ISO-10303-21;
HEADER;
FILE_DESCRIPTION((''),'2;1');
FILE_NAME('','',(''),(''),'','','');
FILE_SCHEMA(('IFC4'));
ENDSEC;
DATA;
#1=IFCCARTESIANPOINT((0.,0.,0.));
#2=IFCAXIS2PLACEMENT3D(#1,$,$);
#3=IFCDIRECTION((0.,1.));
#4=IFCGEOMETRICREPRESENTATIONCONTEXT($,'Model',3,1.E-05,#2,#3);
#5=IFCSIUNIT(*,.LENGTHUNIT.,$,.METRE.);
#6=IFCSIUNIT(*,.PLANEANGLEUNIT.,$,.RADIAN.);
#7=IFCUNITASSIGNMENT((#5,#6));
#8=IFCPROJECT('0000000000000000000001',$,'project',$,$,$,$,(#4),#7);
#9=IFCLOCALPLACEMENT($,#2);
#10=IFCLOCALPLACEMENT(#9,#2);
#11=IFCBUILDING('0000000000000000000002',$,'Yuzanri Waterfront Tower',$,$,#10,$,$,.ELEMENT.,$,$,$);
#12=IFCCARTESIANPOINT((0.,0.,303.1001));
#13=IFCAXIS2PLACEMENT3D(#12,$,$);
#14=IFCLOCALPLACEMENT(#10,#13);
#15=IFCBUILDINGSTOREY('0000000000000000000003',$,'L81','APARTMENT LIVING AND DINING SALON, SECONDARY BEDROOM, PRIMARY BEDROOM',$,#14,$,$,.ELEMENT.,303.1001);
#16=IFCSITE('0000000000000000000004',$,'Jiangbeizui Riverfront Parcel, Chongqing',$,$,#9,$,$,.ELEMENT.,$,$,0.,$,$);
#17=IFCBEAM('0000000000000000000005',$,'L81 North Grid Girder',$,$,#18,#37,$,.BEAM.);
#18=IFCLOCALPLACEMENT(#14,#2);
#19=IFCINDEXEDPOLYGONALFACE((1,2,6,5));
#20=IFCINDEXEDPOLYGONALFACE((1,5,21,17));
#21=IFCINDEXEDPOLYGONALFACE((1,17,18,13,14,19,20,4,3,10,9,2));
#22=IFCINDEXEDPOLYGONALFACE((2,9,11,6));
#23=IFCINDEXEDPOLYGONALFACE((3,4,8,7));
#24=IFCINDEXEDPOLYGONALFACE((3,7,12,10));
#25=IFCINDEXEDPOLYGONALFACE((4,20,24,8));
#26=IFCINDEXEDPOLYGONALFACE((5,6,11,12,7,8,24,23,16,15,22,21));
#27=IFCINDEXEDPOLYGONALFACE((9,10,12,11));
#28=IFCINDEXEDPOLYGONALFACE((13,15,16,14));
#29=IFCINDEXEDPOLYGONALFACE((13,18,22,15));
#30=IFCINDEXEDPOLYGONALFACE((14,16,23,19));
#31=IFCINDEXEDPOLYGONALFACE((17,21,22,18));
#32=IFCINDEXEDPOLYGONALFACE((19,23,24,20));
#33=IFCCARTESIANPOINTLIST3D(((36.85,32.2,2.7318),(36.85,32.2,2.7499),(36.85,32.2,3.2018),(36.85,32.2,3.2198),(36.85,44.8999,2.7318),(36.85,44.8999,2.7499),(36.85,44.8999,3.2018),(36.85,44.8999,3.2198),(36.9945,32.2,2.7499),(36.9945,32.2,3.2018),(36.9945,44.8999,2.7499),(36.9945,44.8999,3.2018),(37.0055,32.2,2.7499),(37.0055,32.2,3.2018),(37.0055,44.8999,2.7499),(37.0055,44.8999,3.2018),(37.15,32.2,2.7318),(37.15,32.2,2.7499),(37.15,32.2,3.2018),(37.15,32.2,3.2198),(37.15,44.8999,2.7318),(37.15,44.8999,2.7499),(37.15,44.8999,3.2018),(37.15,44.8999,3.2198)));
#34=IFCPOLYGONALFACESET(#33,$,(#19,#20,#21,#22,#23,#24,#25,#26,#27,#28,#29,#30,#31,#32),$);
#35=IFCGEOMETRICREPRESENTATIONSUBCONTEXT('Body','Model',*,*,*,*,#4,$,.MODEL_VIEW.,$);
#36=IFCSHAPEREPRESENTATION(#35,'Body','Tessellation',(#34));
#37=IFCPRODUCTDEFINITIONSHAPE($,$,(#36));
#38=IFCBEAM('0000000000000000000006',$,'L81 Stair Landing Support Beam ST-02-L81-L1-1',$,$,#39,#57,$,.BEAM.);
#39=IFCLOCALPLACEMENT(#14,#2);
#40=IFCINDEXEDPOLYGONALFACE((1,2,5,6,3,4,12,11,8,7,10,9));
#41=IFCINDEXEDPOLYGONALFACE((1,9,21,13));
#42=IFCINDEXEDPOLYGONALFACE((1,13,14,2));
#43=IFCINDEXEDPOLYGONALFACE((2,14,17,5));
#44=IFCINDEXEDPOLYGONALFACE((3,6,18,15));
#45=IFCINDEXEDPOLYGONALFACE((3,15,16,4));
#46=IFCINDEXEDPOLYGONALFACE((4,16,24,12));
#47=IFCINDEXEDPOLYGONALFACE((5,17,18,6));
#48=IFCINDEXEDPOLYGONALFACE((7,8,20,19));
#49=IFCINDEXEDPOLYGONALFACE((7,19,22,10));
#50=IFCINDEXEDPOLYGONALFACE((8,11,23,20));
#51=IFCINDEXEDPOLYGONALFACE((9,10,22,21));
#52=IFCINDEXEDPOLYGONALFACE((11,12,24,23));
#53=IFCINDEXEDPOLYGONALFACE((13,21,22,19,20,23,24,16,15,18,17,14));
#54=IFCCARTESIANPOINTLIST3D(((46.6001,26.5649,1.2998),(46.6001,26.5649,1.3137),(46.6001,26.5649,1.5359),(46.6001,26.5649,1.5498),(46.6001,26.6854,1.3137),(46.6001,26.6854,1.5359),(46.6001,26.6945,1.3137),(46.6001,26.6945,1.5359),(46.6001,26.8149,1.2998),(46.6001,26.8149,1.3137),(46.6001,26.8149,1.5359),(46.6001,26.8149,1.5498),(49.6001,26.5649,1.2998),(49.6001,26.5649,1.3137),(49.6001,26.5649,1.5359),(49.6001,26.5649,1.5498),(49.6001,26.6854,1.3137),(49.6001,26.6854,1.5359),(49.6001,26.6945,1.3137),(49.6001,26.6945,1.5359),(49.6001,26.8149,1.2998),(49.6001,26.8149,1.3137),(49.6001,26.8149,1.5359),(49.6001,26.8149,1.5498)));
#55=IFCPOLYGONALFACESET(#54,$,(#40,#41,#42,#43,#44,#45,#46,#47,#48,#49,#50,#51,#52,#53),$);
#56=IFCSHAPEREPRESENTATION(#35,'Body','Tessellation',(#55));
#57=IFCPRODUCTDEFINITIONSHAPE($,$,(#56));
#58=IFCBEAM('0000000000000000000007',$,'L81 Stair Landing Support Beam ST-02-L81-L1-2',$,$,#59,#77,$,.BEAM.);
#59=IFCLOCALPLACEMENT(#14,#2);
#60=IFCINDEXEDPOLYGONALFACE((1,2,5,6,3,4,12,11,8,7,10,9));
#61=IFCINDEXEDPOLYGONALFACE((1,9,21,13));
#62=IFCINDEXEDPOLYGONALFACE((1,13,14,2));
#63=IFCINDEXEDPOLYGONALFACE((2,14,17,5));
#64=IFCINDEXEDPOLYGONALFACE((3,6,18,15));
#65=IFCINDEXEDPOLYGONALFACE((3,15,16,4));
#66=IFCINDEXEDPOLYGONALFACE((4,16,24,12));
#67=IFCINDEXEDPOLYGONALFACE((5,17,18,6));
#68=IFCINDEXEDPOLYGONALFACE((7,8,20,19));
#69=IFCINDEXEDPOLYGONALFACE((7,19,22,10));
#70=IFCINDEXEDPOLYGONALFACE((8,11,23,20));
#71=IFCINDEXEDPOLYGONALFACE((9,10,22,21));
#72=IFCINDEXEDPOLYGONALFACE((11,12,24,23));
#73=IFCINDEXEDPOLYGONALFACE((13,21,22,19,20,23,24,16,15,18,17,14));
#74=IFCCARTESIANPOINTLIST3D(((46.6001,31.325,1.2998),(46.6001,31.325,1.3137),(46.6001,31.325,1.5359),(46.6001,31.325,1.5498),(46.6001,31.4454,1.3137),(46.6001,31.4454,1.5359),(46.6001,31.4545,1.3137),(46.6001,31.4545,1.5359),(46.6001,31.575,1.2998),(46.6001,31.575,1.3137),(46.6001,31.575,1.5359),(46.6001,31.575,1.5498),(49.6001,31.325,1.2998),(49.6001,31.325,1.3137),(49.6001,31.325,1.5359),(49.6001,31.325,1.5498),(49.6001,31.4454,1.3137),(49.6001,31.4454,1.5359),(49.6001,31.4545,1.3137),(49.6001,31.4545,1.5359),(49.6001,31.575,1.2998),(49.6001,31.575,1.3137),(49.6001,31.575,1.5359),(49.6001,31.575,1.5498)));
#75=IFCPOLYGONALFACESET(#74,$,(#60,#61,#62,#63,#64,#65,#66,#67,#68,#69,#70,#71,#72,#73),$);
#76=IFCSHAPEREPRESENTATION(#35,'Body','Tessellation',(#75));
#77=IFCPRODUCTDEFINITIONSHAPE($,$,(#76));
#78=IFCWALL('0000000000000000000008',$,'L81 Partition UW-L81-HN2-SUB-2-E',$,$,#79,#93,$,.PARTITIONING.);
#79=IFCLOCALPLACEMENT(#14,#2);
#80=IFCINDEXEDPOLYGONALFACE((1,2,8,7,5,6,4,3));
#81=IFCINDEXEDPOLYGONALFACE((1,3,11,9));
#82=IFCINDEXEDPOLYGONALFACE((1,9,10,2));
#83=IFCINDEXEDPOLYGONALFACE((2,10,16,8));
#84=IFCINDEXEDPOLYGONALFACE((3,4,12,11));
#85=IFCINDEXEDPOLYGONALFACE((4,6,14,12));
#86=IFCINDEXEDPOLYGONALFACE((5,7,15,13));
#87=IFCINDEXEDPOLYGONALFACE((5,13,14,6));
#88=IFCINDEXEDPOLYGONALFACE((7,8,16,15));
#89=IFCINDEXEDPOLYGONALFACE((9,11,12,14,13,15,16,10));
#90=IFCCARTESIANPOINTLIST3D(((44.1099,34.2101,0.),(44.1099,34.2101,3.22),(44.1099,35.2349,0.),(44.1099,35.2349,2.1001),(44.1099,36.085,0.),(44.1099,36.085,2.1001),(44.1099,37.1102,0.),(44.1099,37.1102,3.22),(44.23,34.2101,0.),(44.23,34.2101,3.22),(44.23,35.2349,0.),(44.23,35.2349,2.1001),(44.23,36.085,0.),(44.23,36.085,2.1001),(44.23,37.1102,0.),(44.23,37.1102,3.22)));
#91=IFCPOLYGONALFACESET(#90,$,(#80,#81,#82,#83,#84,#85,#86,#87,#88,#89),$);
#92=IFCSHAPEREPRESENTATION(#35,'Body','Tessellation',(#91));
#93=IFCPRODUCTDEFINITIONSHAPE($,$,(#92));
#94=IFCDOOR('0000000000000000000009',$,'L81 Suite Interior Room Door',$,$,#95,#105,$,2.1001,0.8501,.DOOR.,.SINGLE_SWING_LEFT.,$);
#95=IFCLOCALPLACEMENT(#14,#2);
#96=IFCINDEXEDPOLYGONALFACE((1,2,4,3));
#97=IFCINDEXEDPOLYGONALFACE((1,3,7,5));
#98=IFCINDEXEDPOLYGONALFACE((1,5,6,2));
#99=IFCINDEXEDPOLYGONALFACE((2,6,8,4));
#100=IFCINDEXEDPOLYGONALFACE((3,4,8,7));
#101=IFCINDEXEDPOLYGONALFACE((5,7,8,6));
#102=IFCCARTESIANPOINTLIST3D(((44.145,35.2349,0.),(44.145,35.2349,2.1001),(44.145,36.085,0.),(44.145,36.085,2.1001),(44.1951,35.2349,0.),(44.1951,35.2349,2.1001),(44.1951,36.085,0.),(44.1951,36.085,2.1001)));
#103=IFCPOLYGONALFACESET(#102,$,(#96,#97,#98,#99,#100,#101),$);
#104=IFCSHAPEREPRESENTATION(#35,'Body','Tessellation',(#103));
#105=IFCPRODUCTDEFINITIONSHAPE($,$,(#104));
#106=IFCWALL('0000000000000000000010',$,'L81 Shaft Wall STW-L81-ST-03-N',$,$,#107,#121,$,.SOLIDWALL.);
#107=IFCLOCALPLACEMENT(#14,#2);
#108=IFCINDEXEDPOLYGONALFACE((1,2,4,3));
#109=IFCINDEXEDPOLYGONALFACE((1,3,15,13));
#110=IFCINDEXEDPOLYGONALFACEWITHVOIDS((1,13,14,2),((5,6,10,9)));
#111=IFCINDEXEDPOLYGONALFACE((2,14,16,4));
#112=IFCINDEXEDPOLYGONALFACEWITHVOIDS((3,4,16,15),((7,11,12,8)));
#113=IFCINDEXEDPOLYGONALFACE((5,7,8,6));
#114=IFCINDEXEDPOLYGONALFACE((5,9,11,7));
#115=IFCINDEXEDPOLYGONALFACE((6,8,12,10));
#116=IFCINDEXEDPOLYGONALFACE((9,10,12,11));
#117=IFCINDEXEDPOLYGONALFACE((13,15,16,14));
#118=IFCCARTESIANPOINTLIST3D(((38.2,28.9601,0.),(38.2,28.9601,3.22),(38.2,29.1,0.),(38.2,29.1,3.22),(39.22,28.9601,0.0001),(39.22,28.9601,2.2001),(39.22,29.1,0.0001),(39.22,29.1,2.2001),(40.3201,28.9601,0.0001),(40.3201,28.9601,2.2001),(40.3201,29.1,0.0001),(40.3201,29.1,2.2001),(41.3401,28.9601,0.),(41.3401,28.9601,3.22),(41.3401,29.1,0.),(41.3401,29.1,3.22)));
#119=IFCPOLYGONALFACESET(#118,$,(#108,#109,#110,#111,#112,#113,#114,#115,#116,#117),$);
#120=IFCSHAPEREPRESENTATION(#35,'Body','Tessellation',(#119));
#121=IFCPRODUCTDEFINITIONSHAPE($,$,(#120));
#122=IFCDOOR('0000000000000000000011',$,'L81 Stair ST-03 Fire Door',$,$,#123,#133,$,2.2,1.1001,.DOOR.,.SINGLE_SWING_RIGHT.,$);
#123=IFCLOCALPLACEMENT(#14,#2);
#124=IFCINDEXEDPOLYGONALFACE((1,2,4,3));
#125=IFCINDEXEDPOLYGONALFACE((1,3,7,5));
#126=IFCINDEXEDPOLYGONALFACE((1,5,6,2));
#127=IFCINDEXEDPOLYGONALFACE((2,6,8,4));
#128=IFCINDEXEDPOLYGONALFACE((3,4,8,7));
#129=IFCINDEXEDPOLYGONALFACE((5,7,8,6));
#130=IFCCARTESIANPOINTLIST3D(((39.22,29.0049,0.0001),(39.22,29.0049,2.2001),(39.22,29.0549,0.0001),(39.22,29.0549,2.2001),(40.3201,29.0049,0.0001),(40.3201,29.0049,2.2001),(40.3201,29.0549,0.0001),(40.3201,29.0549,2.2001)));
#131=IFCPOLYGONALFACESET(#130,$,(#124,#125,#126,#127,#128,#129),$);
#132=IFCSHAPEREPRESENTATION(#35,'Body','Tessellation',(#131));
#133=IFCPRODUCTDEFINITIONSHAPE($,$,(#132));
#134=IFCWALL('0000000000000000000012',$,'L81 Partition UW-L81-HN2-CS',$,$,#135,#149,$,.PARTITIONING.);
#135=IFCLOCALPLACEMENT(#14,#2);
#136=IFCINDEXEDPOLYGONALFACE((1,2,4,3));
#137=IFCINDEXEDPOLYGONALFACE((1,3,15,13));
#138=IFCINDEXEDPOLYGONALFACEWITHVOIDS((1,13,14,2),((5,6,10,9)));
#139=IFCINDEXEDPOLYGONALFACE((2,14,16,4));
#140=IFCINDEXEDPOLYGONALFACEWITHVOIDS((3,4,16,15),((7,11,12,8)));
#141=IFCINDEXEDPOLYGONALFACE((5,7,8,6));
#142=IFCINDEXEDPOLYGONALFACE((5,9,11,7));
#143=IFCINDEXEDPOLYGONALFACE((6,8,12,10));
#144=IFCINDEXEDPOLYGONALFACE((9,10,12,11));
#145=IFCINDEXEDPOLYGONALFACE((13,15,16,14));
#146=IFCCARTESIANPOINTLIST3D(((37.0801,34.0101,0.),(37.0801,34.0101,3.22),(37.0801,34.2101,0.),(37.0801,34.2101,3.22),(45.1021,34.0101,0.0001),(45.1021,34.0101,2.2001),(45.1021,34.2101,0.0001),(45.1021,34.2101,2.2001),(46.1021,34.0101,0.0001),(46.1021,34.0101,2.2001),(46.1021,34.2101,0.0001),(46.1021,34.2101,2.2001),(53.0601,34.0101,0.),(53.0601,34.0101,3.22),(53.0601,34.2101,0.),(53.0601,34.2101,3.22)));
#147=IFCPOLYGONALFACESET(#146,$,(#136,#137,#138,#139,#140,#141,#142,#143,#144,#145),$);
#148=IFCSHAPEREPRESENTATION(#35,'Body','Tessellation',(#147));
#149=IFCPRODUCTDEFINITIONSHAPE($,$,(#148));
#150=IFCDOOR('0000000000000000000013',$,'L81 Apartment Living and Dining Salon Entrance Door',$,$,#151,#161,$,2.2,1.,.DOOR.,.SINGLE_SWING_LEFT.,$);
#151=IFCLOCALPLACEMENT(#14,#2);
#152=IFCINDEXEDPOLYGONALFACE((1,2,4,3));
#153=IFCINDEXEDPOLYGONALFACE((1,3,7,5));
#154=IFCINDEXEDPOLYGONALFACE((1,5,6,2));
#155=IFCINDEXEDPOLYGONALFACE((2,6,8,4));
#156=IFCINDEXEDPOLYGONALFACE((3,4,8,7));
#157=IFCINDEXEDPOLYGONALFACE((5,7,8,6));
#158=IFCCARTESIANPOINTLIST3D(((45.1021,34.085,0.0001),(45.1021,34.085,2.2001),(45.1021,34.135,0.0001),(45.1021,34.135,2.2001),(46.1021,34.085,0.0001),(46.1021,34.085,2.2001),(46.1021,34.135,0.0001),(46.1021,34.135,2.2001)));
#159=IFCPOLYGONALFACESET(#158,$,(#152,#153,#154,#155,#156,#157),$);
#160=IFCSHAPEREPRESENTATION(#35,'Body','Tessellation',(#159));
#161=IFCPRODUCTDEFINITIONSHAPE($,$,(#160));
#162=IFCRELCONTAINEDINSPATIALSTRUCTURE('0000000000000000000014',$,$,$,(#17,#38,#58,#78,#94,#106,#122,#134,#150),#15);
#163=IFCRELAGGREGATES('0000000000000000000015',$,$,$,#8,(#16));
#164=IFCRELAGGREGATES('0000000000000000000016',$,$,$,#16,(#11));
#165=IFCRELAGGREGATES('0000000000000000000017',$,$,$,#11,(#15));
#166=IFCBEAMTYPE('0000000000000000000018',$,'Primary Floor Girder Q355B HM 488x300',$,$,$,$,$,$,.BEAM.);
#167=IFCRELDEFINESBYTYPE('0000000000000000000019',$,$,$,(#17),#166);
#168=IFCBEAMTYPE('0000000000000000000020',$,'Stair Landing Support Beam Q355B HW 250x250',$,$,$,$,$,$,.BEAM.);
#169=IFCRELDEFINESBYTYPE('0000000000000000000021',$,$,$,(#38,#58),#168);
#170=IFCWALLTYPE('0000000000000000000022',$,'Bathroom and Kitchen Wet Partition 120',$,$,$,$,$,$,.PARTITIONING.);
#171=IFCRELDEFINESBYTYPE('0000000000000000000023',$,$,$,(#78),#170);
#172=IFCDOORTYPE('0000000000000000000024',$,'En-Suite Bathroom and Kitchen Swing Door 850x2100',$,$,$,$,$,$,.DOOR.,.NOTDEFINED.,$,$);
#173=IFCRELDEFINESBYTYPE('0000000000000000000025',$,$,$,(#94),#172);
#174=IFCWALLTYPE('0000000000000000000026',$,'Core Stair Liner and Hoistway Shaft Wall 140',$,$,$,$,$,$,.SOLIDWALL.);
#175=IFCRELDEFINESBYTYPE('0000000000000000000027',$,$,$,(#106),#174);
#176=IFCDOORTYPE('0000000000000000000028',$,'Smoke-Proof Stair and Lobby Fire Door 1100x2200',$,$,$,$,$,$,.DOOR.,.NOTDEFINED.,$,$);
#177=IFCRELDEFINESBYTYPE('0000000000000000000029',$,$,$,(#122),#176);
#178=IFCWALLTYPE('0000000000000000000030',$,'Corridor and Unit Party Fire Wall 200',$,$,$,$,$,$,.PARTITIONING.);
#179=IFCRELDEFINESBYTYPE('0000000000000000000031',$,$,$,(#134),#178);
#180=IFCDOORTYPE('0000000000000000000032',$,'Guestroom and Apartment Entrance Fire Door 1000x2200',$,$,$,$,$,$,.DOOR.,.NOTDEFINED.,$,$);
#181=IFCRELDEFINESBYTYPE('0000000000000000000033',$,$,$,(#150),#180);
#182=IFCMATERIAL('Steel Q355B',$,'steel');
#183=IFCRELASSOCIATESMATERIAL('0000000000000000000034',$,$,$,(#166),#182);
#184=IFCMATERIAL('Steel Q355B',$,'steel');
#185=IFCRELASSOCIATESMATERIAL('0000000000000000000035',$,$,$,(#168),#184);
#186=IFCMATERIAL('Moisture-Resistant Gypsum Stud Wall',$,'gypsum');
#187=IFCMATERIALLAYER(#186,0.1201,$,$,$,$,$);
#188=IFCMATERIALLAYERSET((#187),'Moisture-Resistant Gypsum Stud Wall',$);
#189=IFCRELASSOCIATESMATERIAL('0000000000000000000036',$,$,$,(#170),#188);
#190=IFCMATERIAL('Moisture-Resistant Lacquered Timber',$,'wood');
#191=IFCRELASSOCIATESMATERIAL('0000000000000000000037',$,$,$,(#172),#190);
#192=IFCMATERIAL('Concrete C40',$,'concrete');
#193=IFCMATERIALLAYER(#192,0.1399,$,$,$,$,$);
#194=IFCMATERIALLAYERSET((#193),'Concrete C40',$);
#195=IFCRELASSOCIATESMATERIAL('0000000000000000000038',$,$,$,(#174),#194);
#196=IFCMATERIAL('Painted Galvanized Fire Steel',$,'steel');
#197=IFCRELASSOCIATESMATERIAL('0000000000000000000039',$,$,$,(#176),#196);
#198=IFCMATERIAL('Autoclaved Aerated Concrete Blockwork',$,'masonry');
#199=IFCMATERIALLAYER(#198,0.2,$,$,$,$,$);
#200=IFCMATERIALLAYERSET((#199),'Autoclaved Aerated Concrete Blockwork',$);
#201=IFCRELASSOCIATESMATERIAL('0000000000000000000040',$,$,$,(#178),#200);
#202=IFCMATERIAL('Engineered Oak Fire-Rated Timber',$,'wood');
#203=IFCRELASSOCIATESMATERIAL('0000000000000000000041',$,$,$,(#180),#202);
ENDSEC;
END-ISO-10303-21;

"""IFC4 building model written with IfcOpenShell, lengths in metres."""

from ifc_helpers import new_model, si_unit, direction, frame, frame_2d, origin, origin_2d, place, context, subcontext, project, spatial, rectangle, i_section, extrude, source, transform, mapped, material, layer, layer_set, material_profile, profile_set, type_object, element, fill, save


model = new_model("IFC4")

# Units and contexts
model_context = context("Model", 3, precision=1e-05, world=origin(), true_north=direction((0.0, 1.0)))
body_context = subcontext(model_context, "Body", "Model", "MODEL_VIEW")
ifc_project = project(units=[si_unit("LENGTHUNIT", "METRE"), si_unit("PLANEANGLEUNIT", "RADIAN")], contexts=[model_context])

# Site, building, storey
site_placement = place(None, origin())
site = spatial("IfcSite", under=ifc_project, at=site_placement, Name="Jiangbeizui Riverfront Parcel, Chongqing", CompositionType="ELEMENT", RefElevation=0.0)
building_placement = place(site_placement, origin())
building = spatial("IfcBuilding", under=site, at=building_placement, Name="Yuzanri Waterfront Tower", CompositionType="ELEMENT")
storey_placement = place(building_placement, frame((0.0, 0.0, 303.1001)))
storey = spatial("IfcBuildingStorey", under=building, at=storey_placement, Name="L81", Description="APARTMENT LIVING AND DINING SALON, SECONDARY BEDROOM, PRIMARY BEDROOM", CompositionType="ELEMENT", Elevation=303.1001)

# Beams
ifc_material_1 = material(Name="Steel Q355B", Category="steel")
ifc_material_profile_1 = material_profile(ifc_material_1, i_section(OverallWidth=0.3, OverallDepth=0.488, WebThickness=0.011, FlangeThickness=0.0181, at=origin_2d()), Name="HM 488x300x11x18")
ifc_profile_set_1 = profile_set([ifc_material_profile_1], Name="Steel Q355B")
beam_type_1 = type_object("IfcBeamType", Name="Primary Floor Girder Q355B HM 488x300", PredefinedType="BEAM", material=ifc_profile_set_1)
shared_shape_1 = source(origin(), body_context, "Body", "SweptSolid", [
    extrude(i_section(OverallWidth=0.3, OverallDepth=0.488, WebThickness=0.011, FlangeThickness=0.0181, at=origin_2d()), origin(), (0.0, 0.0, 1.0), 12.7),
])
beam_placement = place(storey_placement, frame((37.0, 32.2, 2.9758), z_axis=(0.0, 1.0, 0.0), x_axis=(-1.0, 0.0, 0.0)))
element("IfcBeam", 1, at=beam_placement, inside=storey, type_object=beam_type_1, Name="L81 North Grid Girder", PredefinedType="BEAM", context=body_context, shape_type="MappedRepresentation", body=[
    mapped(shared_shape_1, transform((0.0, 0.0, 0.0), scale=1.0)),
])
ifc_material_2 = material(Name="Steel Q355B", Category="steel")
ifc_material_profile_2 = material_profile(ifc_material_2, i_section(OverallWidth=0.25, OverallDepth=0.25, WebThickness=0.009, FlangeThickness=0.0139, at=origin_2d()), Name="HW 250x250x9x14")
ifc_profile_set_2 = profile_set([ifc_material_profile_2], Name="Steel Q355B")
beam_type_2 = type_object("IfcBeamType", Name="Stair Landing Support Beam Q355B HW 250x250", PredefinedType="BEAM", material=ifc_profile_set_2)
shared_shape_2 = source(origin(), body_context, "Body", "SweptSolid", [
    extrude(i_section(OverallWidth=0.25, OverallDepth=0.25, WebThickness=0.009, FlangeThickness=0.0139, at=origin_2d()), origin(), (0.0, 0.0, 1.0), 3.0),
])
for number, where, z_axis, x_axis, name in (
    (2, (46.6001, 26.6899, 1.4248), (1.0, 0.0, 0.0), (0.0, 1.0, 0.0), "L81 Stair Landing Support Beam ST-02-L81-L1-1"),
    (3, (46.6001, 31.45, 1.4248), (1.0, 0.0, 0.0), (0.0, 1.0, 0.0), "L81 Stair Landing Support Beam ST-02-L81-L1-2"),
):
    element("IfcBeam", number, at=place(storey_placement, frame(where, z_axis=z_axis, x_axis=x_axis)), inside=storey, type_object=beam_type_2, Name=name, PredefinedType="BEAM", context=body_context, shape_type="MappedRepresentation", body=[
        mapped(shared_shape_2, transform((0.0, 0.0, 0.0), scale=1.0)),
    ])

# Walls, openings, doors
ifc_material_3 = material(Name="Moisture-Resistant Gypsum Stud Wall", Category="gypsum")
ifc_layer_1 = layer(ifc_material_3, 0.1201)
ifc_layer_set_1 = layer_set([ifc_layer_1], Name="Moisture-Resistant Gypsum Stud Wall")
wall_type_1 = type_object("IfcWallType", Name="Bathroom and Kitchen Wet Partition 120", PredefinedType="PARTITIONING", material=ifc_layer_set_1)
wall_1_placement = place(storey_placement, frame((44.1699, 34.21, 0.0), z_axis=(0.0, 0.0, 1.0), x_axis=(0.0, 1.0, 0.0)))
wall_1 = element("IfcWall", 4, at=wall_1_placement, inside=storey, type_object=wall_type_1, Name="L81 Partition UW-L81-HN2-SUB-2-E", PredefinedType="PARTITIONING", context=body_context, shape_type="SweptSolid", body=[
    extrude(rectangle(XDim=2.9001, YDim=0.1201, at=frame_2d((1.4502, 0.0))), origin(), (0.0, 0.0, 1.0), 3.22),
])
opening_1_placement = place(wall_1_placement, frame((1.0249, 0.0, 0.0)))
opening_1 = element("IfcOpeningElement", 5, at=opening_1_placement, cuts=wall_1, PredefinedType="OPENING", context=body_context, shape_type="SweptSolid", body=[
    extrude(rectangle(XDim=0.8501, YDim=2.1001, at=frame_2d((0.425, 1.05))), frame((0.0, 0.075, 0.0), z_axis=(0.0, -1.0, 0.0), x_axis=(1.0, 0.0, 0.0)), (0.0, 0.0, 1.0), 0.1499),
])
ifc_material_4 = material(Name="Moisture-Resistant Lacquered Timber", Category="wood")
door_type_1 = type_object("IfcDoorType", Name="En-Suite Bathroom and Kitchen Swing Door 850x2100", OperationType="NOTDEFINED", PredefinedType="DOOR", material=ifc_material_4)
shared_shape_3 = source(origin(), body_context, "Body", "SweptSolid", [
    extrude(rectangle(XDim=0.8501, YDim=2.1001, at=frame_2d((0.425, 1.05))), frame((0.0, 0.0249, 0.0), z_axis=(0.0, -1.0, 0.0), x_axis=(1.0, 0.0, 0.0)), (0.0, 0.0, 1.0), 0.05),
])
door_1_placement = place(opening_1_placement, origin())
door_1 = element("IfcDoor", 6, at=door_1_placement, inside=storey, type_object=door_type_1, Name="L81 Suite Interior Room Door", OperationType="SINGLE_SWING_LEFT", OverallHeight=2.1001, OverallWidth=0.8501, PredefinedType="DOOR", context=body_context, shape_type="MappedRepresentation", body=[
    mapped(shared_shape_3, transform((0.0, 0.0, 0.0), scale=1.0)),
])
fill(opening_1, door_1)
ifc_material_5 = material(Name="Concrete C40", Category="concrete")
ifc_layer_2 = layer(ifc_material_5, 0.1399)
ifc_layer_set_2 = layer_set([ifc_layer_2], Name="Concrete C40")
wall_type_2 = type_object("IfcWallType", Name="Core Stair Liner and Hoistway Shaft Wall 140", PredefinedType="SOLIDWALL", material=ifc_layer_set_2)
wall_2_placement = place(storey_placement, frame((38.2, 29.03, 0.0), z_axis=(0.0, 0.0, 1.0), x_axis=(1.0, 0.0, 0.0)))
wall_2 = element("IfcWall", 7, at=wall_2_placement, inside=storey, type_object=wall_type_2, Name="L81 Shaft Wall STW-L81-ST-03-N", PredefinedType="SOLIDWALL", context=body_context, shape_type="SweptSolid", body=[
    extrude(rectangle(XDim=3.1401, YDim=0.1399, at=frame_2d((1.5701, 0.0))), origin(), (0.0, 0.0, 1.0), 3.22),
])
opening_2_placement = place(wall_2_placement, frame((1.02, 0.0, 0.0)))
opening_2 = element("IfcOpeningElement", 8, at=opening_2_placement, cuts=wall_2, PredefinedType="OPENING", context=body_context, shape_type="SweptSolid", body=[
    extrude(rectangle(XDim=1.1001, YDim=2.2, at=frame_2d((0.55, 1.1001))), frame((0.0, 0.085, 0.0), z_axis=(0.0, -1.0, 0.0), x_axis=(1.0, 0.0, 0.0)), (0.0, 0.0, 1.0), 0.1697),
])
ifc_material_6 = material(Name="Painted Galvanized Fire Steel", Category="steel")
door_type_2 = type_object("IfcDoorType", Name="Smoke-Proof Stair and Lobby Fire Door 1100x2200", OperationType="NOTDEFINED", PredefinedType="DOOR", material=ifc_material_6)
shared_shape_4 = source(origin(), body_context, "Body", "SweptSolid", [
    extrude(rectangle(XDim=1.1001, YDim=2.2, at=frame_2d((0.55, 1.1001))), frame((0.0, 0.0249, 0.0), z_axis=(0.0, -1.0, 0.0), x_axis=(1.0, 0.0, 0.0)), (0.0, 0.0, 1.0), 0.05),
])
door_2_placement = place(opening_2_placement, origin())
door_2 = element("IfcDoor", 9, at=door_2_placement, inside=storey, type_object=door_type_2, Name="L81 Stair ST-03 Fire Door", OperationType="SINGLE_SWING_RIGHT", OverallHeight=2.2, OverallWidth=1.1001, PredefinedType="DOOR", context=body_context, shape_type="MappedRepresentation", body=[
    mapped(shared_shape_4, transform((0.0, 0.0, 0.0), scale=1.0)),
])
fill(opening_2, door_2)
ifc_material_7 = material(Name="Autoclaved Aerated Concrete Blockwork", Category="masonry")
ifc_layer_3 = layer(ifc_material_7, 0.2)
ifc_layer_set_3 = layer_set([ifc_layer_3], Name="Autoclaved Aerated Concrete Blockwork")
wall_type_3 = type_object("IfcWallType", Name="Corridor and Unit Party Fire Wall 200", PredefinedType="PARTITIONING", material=ifc_layer_set_3)
wall_3_placement = place(storey_placement, frame((37.0801, 34.1101, 0.0), z_axis=(0.0, 0.0, 1.0), x_axis=(1.0, 0.0, 0.0)))
wall_3 = element("IfcWall", 10, at=wall_3_placement, inside=storey, type_object=wall_type_3, Name="L81 Partition UW-L81-HN2-CS", PredefinedType="PARTITIONING", context=body_context, shape_type="SweptSolid", body=[
    extrude(rectangle(XDim=15.98, YDim=0.2, at=frame_2d((7.99, 0.0))), origin(), (0.0, 0.0, 1.0), 3.22),
])
opening_3_placement = place(wall_3_placement, frame((8.022, 0.0, 0.0)))
opening_3 = element("IfcOpeningElement", 11, at=opening_3_placement, cuts=wall_3, PredefinedType="OPENING", context=body_context, shape_type="SweptSolid", body=[
    extrude(rectangle(XDim=1.0, YDim=2.2, at=frame_2d((0.5, 1.1001))), frame((0.0, 0.1147, 0.0), z_axis=(0.0, -1.0, 0.0), x_axis=(1.0, 0.0, 0.0)), (0.0, 0.0, 1.0), 0.2297),
])
ifc_material_8 = material(Name="Engineered Oak Fire-Rated Timber", Category="wood")
door_type_3 = type_object("IfcDoorType", Name="Guestroom and Apartment Entrance Fire Door 1000x2200", OperationType="NOTDEFINED", PredefinedType="DOOR", material=ifc_material_8)
shared_shape_5 = source(origin(), body_context, "Body", "SweptSolid", [
    extrude(rectangle(XDim=1.0, YDim=2.2, at=frame_2d((0.5, 1.1001))), frame((0.0, 0.0249, 0.0), z_axis=(0.0, -1.0, 0.0), x_axis=(1.0, 0.0, 0.0)), (0.0, 0.0, 1.0), 0.05),
])
door_3_placement = place(opening_3_placement, origin())
door_3 = element("IfcDoor", 12, at=door_3_placement, inside=storey, type_object=door_type_3, Name="L81 Apartment Living and Dining Salon Entrance Door", OperationType="SINGLE_SWING_LEFT", OverallHeight=2.2, OverallWidth=1.0, PredefinedType="DOOR", context=body_context, shape_type="MappedRepresentation", body=[
    mapped(shared_shape_5, transform((0.0, 0.0, 0.0), scale=1.0)),
])
fill(opening_3, door_3)

save(model, "model.ifc")
